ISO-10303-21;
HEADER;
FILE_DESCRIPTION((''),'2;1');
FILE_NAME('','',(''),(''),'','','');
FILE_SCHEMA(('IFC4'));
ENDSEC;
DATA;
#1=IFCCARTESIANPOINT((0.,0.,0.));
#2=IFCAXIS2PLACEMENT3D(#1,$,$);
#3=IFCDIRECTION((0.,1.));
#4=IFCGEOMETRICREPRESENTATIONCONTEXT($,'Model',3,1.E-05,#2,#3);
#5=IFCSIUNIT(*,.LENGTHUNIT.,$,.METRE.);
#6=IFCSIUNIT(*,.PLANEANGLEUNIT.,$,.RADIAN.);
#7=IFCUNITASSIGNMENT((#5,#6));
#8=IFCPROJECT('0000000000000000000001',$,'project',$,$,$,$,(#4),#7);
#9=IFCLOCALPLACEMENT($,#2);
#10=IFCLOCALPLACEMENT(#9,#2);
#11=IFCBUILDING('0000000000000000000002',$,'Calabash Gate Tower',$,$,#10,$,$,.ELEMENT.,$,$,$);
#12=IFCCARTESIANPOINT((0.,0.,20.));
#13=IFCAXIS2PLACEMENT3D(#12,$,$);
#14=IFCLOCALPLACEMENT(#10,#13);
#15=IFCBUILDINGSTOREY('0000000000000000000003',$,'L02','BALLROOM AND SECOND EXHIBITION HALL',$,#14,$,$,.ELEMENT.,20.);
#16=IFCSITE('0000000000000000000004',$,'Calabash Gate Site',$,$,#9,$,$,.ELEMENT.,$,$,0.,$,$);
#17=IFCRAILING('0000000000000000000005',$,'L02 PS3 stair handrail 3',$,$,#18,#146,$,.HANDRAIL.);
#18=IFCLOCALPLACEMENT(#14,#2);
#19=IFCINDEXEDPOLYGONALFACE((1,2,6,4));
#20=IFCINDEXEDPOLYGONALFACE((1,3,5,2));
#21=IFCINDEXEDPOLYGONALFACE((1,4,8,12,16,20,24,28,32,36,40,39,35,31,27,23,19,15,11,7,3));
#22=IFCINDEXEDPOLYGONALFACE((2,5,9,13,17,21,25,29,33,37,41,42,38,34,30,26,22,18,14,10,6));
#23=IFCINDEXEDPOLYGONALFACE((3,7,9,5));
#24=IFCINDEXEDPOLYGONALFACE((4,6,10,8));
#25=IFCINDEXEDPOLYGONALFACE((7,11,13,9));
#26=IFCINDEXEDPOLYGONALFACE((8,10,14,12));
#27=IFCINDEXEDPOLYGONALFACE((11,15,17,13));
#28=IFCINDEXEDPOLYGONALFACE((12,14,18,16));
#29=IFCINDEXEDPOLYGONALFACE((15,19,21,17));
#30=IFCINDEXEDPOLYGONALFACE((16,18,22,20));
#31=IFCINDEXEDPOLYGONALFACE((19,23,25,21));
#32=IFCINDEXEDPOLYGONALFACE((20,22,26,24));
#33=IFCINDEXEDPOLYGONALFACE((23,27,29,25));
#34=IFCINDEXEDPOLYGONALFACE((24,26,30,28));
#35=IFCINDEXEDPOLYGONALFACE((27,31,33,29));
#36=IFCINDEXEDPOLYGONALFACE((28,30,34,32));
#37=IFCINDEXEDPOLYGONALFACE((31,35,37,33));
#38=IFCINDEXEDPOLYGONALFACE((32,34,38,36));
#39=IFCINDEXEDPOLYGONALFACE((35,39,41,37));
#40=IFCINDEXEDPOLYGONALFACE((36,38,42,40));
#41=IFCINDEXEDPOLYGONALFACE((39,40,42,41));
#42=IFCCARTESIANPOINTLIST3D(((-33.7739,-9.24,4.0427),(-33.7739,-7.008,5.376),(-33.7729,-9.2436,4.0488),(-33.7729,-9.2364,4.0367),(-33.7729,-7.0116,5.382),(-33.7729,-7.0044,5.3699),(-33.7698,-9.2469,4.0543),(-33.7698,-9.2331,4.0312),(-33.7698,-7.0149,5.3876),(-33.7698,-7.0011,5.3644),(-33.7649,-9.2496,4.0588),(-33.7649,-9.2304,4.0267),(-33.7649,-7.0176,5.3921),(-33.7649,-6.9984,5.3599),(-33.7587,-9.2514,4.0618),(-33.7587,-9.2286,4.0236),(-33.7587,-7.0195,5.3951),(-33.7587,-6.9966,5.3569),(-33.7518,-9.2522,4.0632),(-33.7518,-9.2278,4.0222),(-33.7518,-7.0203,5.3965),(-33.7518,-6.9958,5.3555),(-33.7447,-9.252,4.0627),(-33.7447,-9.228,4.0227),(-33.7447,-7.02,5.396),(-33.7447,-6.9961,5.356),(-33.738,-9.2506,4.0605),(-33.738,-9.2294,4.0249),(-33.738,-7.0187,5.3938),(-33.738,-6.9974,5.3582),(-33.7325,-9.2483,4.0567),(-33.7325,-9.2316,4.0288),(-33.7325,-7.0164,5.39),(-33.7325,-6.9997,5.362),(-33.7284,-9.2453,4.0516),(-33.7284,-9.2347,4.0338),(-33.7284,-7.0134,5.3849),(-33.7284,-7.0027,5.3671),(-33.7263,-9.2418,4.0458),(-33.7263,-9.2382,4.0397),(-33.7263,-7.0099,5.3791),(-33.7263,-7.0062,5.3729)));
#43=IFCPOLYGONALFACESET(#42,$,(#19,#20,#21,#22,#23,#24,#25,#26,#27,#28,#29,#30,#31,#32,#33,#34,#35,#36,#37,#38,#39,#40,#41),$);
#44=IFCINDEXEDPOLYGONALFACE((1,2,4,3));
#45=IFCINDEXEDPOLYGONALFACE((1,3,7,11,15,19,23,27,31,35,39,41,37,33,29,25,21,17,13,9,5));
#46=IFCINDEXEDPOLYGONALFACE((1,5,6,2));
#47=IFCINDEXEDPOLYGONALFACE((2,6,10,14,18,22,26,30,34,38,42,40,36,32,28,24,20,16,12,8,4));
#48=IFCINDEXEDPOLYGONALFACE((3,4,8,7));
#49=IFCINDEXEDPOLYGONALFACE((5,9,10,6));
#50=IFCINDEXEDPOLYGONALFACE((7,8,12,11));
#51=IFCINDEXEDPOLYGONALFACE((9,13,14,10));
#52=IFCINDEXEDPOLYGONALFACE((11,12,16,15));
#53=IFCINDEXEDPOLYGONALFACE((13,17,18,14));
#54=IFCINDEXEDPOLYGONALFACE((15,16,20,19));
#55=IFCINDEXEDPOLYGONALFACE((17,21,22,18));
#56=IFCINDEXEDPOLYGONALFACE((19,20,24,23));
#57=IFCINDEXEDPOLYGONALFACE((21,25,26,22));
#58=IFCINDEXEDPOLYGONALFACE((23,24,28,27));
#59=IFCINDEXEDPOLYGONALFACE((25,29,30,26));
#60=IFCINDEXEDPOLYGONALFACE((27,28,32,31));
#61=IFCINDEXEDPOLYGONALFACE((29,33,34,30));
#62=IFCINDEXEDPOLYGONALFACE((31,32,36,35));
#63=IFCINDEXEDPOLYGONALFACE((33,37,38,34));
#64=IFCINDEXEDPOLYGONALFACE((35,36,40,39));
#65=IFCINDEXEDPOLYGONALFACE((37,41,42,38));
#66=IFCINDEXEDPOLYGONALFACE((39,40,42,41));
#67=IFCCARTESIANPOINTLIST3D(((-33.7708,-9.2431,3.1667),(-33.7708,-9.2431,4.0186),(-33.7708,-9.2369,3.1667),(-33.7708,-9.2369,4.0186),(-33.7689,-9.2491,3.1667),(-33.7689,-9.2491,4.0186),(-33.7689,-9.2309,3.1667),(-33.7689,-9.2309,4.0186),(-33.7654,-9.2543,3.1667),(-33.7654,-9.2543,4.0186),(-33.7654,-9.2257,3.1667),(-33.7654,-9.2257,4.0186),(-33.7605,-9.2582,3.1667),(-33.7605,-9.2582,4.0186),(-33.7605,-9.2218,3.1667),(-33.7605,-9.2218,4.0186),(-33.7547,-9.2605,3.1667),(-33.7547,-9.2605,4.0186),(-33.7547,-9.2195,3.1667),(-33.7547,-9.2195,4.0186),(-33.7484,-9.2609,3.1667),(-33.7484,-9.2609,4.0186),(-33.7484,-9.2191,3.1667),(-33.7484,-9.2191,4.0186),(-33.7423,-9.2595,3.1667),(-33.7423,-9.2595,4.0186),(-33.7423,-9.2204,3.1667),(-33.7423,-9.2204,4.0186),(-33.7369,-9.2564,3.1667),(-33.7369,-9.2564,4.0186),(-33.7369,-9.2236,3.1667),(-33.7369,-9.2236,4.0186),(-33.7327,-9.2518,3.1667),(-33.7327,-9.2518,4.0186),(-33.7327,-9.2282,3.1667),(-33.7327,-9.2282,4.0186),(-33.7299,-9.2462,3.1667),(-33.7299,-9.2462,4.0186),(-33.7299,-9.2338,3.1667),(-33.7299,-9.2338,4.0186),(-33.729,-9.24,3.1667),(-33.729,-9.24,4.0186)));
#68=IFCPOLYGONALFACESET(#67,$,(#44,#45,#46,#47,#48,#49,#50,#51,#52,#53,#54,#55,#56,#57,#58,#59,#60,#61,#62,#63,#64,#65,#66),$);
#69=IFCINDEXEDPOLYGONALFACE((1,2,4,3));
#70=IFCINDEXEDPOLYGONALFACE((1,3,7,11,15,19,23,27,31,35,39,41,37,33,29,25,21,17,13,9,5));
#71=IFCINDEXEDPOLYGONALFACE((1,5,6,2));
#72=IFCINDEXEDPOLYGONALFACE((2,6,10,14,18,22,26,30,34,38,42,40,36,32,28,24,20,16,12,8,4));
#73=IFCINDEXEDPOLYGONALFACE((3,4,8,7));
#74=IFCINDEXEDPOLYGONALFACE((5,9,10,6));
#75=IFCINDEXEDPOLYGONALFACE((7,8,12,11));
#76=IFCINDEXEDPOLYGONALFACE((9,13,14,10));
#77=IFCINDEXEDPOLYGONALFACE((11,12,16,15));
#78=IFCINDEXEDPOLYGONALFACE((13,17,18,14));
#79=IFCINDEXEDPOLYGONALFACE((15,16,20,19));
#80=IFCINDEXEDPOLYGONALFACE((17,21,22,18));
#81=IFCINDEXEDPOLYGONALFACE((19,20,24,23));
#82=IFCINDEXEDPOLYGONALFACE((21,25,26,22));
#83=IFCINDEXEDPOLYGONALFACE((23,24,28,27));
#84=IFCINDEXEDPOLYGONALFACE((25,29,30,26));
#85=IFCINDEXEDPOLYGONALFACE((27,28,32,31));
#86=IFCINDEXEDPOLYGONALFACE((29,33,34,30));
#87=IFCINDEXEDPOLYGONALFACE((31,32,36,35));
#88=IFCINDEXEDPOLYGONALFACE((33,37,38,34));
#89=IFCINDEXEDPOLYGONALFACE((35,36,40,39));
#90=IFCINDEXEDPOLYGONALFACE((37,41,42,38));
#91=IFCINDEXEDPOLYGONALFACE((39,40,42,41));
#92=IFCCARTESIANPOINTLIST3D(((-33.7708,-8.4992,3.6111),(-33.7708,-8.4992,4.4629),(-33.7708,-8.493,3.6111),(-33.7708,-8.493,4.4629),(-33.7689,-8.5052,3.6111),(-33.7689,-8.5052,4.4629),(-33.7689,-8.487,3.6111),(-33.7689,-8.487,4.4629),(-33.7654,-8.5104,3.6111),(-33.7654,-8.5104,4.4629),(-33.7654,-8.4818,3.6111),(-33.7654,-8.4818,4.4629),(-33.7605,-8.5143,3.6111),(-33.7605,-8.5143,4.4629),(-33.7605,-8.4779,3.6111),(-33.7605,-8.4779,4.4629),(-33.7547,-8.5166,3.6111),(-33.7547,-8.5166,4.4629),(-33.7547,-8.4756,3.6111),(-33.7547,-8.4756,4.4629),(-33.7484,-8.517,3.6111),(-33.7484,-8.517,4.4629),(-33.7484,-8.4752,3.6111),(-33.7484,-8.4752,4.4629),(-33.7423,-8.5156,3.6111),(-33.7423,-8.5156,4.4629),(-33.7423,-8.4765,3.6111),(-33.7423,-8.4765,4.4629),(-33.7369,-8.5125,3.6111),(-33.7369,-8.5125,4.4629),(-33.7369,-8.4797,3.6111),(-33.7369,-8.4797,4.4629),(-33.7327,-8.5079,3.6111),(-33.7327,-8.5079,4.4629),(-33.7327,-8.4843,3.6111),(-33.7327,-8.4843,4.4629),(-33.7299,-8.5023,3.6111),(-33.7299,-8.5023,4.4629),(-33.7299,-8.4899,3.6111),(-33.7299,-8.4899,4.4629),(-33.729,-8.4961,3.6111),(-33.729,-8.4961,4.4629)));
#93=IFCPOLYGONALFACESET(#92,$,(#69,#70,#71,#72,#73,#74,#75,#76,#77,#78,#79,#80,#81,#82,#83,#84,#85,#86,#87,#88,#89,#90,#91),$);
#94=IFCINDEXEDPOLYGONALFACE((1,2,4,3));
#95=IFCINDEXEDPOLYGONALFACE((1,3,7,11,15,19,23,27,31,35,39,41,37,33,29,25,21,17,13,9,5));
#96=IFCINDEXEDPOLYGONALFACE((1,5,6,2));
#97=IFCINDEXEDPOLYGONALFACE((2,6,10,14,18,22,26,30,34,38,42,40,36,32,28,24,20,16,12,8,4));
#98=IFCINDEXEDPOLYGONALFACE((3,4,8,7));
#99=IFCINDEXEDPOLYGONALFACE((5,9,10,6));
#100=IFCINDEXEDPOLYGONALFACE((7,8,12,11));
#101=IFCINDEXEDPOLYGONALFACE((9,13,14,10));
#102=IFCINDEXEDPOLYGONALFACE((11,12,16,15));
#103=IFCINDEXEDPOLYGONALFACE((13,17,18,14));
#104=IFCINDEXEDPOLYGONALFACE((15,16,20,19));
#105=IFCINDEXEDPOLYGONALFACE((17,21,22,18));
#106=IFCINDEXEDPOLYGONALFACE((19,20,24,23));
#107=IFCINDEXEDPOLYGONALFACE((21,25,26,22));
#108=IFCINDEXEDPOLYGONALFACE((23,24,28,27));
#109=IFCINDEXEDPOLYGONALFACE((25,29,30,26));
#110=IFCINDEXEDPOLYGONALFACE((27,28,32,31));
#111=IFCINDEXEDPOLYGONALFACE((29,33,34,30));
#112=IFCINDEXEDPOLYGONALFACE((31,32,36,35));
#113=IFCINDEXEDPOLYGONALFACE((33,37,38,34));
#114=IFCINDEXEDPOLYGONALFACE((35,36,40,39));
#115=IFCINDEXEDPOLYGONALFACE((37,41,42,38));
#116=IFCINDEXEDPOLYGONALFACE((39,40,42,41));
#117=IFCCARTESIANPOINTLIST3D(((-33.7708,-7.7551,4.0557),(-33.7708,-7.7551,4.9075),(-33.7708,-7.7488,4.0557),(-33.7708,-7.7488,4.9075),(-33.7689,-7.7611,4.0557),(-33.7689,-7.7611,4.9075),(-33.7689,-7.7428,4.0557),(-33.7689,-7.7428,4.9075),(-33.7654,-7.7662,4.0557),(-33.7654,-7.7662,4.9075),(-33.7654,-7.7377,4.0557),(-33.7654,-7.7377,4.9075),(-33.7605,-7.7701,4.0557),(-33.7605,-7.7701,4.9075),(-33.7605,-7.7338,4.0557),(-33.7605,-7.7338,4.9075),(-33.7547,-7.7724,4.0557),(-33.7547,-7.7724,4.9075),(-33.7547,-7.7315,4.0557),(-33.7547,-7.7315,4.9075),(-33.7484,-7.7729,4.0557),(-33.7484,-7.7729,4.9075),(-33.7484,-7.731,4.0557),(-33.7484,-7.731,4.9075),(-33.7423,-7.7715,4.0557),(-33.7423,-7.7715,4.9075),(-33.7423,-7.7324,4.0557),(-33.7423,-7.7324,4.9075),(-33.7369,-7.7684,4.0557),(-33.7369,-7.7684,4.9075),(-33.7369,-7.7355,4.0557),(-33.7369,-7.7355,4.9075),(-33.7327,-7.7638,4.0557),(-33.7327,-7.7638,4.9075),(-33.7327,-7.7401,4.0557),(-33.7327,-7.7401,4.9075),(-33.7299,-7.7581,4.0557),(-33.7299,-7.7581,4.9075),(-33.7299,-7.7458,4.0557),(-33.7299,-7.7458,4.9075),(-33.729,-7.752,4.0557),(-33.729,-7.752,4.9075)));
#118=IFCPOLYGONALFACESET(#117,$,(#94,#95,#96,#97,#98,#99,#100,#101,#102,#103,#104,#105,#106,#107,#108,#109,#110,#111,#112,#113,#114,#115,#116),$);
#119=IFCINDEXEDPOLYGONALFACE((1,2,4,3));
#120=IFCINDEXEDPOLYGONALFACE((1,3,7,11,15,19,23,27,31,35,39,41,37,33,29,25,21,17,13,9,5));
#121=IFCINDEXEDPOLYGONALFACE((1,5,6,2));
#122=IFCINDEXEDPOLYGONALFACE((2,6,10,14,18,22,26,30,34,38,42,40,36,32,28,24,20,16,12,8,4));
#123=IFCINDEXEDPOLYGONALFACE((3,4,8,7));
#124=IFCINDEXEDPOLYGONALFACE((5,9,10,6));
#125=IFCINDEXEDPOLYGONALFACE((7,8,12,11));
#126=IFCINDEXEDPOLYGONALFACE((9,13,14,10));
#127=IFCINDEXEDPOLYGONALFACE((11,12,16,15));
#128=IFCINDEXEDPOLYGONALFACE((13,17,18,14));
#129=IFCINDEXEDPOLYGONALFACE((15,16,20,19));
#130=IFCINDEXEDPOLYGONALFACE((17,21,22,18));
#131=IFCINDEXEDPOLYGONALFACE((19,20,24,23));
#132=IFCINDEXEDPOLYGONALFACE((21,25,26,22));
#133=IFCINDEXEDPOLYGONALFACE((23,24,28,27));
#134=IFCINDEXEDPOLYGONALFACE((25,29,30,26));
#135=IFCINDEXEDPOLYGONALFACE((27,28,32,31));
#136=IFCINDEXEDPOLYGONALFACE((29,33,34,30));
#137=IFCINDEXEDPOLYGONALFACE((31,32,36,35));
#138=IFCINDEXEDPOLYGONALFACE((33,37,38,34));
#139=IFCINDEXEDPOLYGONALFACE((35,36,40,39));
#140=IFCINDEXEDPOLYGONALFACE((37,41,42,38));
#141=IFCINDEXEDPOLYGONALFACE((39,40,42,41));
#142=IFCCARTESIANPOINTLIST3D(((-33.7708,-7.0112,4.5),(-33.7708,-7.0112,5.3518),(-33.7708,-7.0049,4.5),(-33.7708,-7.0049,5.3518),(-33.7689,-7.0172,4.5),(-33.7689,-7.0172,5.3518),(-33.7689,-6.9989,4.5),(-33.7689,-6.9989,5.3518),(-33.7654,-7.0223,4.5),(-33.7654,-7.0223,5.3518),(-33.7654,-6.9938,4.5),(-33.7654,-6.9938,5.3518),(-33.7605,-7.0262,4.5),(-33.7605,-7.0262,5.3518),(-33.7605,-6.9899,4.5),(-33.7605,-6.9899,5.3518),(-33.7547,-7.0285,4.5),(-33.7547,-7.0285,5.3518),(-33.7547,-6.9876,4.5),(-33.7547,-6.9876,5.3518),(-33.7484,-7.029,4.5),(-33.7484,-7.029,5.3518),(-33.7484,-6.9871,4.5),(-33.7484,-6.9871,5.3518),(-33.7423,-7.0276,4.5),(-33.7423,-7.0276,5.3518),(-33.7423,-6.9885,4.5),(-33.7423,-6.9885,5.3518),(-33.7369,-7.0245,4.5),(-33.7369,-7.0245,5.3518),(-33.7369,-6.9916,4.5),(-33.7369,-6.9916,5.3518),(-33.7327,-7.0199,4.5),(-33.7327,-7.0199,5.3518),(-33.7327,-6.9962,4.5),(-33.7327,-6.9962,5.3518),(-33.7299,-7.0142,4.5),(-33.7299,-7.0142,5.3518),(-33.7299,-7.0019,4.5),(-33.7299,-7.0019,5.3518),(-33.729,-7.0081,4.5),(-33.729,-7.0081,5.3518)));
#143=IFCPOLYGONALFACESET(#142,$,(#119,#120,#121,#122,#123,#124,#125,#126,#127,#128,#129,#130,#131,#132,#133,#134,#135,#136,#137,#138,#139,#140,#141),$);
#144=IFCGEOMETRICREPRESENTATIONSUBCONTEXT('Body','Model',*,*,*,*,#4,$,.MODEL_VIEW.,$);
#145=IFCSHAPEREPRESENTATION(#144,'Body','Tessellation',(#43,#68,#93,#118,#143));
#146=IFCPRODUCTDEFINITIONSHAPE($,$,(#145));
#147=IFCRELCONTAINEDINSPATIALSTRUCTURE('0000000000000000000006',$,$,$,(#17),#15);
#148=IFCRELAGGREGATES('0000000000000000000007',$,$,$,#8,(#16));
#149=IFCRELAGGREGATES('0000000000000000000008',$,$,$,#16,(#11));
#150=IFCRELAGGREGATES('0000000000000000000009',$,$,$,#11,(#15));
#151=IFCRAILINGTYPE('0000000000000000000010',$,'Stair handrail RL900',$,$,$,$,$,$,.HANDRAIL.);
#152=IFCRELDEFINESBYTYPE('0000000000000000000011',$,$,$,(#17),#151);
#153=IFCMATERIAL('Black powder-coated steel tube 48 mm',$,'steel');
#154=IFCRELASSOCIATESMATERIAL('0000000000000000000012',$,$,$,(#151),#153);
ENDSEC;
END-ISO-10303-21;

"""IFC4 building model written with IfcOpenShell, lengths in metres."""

from ifc_helpers import new_model, si_unit, direction, frame, origin, origin_2d, place, context, subcontext, project, spatial, circle, extrude, material, type_object, element, save


model = new_model("IFC4")

# Units and contexts
model_context = context("Model", 3, precision=1e-05, world=origin(), true_north=direction((0.0, 1.0)))
body_context = subcontext(model_context, "Body", "Model", "MODEL_VIEW")
ifc_project = project(units=[si_unit("LENGTHUNIT", "METRE"), si_unit("PLANEANGLEUNIT", "RADIAN")], contexts=[model_context])

# Site, building, storey
site_placement = place(None, origin())
site = spatial("IfcSite", under=ifc_project, at=site_placement, Name="Calabash Gate Site", CompositionType="ELEMENT", RefElevation=0.0)
building_placement = place(site_placement, origin())
building = spatial("IfcBuilding", under=site, at=building_placement, Name="Calabash Gate Tower", CompositionType="ELEMENT")
storey_placement = place(building_placement, frame((0.0, 0.0, 20.0)))
storey = spatial("IfcBuildingStorey", under=building, at=storey_placement, Name="L02", Description="BALLROOM AND SECOND EXHIBITION HALL", CompositionType="ELEMENT", Elevation=20.0)

# Railing
ifc_material_1 = material(Name="Black powder-coated steel tube 48 mm", Category="steel")
railing_type_1 = type_object("IfcRailingType", Name="Stair handrail RL900", PredefinedType="HANDRAIL", material=ifc_material_1)
for number, where, name in (
    (1, (-33.75, -9.24, 3.1667), "L02 PS3 stair handrail 3"),
):
    element("IfcRailing", number, at=place(storey_placement, frame(where)), inside=storey, type_object=railing_type_1, Name=name, PredefinedType="HANDRAIL", context=body_context, shape_type="SweptSolid", body=[
        extrude(circle(Radius=0.0239, at=origin_2d()), frame((0.0, 0.0, 0.876), z_axis=(0.0, 0.858494, 0.512824), x_axis=(-1.0, 0.0, 0.0)), (0.0, 0.0, 1.0), 2.5999),
        extrude(circle(Radius=0.021, at=origin_2d()), origin(), (0.0, 0.0, 1.0), 0.8518),
        extrude(circle(Radius=0.021, at=origin_2d()), frame((0.0, 0.7439, 0.4443)), (0.0, 0.0, 1.0), 0.8518),
        extrude(circle(Radius=0.021, at=origin_2d()), frame((0.0, 1.488, 0.8889)), (0.0, 0.0, 1.0), 0.8518),
        extrude(circle(Radius=0.021, at=origin_2d()), frame((0.0, 2.2319, 1.3333)), (0.0, 0.0, 1.0), 0.8518),
    ])

save(model, "model.ifc")
